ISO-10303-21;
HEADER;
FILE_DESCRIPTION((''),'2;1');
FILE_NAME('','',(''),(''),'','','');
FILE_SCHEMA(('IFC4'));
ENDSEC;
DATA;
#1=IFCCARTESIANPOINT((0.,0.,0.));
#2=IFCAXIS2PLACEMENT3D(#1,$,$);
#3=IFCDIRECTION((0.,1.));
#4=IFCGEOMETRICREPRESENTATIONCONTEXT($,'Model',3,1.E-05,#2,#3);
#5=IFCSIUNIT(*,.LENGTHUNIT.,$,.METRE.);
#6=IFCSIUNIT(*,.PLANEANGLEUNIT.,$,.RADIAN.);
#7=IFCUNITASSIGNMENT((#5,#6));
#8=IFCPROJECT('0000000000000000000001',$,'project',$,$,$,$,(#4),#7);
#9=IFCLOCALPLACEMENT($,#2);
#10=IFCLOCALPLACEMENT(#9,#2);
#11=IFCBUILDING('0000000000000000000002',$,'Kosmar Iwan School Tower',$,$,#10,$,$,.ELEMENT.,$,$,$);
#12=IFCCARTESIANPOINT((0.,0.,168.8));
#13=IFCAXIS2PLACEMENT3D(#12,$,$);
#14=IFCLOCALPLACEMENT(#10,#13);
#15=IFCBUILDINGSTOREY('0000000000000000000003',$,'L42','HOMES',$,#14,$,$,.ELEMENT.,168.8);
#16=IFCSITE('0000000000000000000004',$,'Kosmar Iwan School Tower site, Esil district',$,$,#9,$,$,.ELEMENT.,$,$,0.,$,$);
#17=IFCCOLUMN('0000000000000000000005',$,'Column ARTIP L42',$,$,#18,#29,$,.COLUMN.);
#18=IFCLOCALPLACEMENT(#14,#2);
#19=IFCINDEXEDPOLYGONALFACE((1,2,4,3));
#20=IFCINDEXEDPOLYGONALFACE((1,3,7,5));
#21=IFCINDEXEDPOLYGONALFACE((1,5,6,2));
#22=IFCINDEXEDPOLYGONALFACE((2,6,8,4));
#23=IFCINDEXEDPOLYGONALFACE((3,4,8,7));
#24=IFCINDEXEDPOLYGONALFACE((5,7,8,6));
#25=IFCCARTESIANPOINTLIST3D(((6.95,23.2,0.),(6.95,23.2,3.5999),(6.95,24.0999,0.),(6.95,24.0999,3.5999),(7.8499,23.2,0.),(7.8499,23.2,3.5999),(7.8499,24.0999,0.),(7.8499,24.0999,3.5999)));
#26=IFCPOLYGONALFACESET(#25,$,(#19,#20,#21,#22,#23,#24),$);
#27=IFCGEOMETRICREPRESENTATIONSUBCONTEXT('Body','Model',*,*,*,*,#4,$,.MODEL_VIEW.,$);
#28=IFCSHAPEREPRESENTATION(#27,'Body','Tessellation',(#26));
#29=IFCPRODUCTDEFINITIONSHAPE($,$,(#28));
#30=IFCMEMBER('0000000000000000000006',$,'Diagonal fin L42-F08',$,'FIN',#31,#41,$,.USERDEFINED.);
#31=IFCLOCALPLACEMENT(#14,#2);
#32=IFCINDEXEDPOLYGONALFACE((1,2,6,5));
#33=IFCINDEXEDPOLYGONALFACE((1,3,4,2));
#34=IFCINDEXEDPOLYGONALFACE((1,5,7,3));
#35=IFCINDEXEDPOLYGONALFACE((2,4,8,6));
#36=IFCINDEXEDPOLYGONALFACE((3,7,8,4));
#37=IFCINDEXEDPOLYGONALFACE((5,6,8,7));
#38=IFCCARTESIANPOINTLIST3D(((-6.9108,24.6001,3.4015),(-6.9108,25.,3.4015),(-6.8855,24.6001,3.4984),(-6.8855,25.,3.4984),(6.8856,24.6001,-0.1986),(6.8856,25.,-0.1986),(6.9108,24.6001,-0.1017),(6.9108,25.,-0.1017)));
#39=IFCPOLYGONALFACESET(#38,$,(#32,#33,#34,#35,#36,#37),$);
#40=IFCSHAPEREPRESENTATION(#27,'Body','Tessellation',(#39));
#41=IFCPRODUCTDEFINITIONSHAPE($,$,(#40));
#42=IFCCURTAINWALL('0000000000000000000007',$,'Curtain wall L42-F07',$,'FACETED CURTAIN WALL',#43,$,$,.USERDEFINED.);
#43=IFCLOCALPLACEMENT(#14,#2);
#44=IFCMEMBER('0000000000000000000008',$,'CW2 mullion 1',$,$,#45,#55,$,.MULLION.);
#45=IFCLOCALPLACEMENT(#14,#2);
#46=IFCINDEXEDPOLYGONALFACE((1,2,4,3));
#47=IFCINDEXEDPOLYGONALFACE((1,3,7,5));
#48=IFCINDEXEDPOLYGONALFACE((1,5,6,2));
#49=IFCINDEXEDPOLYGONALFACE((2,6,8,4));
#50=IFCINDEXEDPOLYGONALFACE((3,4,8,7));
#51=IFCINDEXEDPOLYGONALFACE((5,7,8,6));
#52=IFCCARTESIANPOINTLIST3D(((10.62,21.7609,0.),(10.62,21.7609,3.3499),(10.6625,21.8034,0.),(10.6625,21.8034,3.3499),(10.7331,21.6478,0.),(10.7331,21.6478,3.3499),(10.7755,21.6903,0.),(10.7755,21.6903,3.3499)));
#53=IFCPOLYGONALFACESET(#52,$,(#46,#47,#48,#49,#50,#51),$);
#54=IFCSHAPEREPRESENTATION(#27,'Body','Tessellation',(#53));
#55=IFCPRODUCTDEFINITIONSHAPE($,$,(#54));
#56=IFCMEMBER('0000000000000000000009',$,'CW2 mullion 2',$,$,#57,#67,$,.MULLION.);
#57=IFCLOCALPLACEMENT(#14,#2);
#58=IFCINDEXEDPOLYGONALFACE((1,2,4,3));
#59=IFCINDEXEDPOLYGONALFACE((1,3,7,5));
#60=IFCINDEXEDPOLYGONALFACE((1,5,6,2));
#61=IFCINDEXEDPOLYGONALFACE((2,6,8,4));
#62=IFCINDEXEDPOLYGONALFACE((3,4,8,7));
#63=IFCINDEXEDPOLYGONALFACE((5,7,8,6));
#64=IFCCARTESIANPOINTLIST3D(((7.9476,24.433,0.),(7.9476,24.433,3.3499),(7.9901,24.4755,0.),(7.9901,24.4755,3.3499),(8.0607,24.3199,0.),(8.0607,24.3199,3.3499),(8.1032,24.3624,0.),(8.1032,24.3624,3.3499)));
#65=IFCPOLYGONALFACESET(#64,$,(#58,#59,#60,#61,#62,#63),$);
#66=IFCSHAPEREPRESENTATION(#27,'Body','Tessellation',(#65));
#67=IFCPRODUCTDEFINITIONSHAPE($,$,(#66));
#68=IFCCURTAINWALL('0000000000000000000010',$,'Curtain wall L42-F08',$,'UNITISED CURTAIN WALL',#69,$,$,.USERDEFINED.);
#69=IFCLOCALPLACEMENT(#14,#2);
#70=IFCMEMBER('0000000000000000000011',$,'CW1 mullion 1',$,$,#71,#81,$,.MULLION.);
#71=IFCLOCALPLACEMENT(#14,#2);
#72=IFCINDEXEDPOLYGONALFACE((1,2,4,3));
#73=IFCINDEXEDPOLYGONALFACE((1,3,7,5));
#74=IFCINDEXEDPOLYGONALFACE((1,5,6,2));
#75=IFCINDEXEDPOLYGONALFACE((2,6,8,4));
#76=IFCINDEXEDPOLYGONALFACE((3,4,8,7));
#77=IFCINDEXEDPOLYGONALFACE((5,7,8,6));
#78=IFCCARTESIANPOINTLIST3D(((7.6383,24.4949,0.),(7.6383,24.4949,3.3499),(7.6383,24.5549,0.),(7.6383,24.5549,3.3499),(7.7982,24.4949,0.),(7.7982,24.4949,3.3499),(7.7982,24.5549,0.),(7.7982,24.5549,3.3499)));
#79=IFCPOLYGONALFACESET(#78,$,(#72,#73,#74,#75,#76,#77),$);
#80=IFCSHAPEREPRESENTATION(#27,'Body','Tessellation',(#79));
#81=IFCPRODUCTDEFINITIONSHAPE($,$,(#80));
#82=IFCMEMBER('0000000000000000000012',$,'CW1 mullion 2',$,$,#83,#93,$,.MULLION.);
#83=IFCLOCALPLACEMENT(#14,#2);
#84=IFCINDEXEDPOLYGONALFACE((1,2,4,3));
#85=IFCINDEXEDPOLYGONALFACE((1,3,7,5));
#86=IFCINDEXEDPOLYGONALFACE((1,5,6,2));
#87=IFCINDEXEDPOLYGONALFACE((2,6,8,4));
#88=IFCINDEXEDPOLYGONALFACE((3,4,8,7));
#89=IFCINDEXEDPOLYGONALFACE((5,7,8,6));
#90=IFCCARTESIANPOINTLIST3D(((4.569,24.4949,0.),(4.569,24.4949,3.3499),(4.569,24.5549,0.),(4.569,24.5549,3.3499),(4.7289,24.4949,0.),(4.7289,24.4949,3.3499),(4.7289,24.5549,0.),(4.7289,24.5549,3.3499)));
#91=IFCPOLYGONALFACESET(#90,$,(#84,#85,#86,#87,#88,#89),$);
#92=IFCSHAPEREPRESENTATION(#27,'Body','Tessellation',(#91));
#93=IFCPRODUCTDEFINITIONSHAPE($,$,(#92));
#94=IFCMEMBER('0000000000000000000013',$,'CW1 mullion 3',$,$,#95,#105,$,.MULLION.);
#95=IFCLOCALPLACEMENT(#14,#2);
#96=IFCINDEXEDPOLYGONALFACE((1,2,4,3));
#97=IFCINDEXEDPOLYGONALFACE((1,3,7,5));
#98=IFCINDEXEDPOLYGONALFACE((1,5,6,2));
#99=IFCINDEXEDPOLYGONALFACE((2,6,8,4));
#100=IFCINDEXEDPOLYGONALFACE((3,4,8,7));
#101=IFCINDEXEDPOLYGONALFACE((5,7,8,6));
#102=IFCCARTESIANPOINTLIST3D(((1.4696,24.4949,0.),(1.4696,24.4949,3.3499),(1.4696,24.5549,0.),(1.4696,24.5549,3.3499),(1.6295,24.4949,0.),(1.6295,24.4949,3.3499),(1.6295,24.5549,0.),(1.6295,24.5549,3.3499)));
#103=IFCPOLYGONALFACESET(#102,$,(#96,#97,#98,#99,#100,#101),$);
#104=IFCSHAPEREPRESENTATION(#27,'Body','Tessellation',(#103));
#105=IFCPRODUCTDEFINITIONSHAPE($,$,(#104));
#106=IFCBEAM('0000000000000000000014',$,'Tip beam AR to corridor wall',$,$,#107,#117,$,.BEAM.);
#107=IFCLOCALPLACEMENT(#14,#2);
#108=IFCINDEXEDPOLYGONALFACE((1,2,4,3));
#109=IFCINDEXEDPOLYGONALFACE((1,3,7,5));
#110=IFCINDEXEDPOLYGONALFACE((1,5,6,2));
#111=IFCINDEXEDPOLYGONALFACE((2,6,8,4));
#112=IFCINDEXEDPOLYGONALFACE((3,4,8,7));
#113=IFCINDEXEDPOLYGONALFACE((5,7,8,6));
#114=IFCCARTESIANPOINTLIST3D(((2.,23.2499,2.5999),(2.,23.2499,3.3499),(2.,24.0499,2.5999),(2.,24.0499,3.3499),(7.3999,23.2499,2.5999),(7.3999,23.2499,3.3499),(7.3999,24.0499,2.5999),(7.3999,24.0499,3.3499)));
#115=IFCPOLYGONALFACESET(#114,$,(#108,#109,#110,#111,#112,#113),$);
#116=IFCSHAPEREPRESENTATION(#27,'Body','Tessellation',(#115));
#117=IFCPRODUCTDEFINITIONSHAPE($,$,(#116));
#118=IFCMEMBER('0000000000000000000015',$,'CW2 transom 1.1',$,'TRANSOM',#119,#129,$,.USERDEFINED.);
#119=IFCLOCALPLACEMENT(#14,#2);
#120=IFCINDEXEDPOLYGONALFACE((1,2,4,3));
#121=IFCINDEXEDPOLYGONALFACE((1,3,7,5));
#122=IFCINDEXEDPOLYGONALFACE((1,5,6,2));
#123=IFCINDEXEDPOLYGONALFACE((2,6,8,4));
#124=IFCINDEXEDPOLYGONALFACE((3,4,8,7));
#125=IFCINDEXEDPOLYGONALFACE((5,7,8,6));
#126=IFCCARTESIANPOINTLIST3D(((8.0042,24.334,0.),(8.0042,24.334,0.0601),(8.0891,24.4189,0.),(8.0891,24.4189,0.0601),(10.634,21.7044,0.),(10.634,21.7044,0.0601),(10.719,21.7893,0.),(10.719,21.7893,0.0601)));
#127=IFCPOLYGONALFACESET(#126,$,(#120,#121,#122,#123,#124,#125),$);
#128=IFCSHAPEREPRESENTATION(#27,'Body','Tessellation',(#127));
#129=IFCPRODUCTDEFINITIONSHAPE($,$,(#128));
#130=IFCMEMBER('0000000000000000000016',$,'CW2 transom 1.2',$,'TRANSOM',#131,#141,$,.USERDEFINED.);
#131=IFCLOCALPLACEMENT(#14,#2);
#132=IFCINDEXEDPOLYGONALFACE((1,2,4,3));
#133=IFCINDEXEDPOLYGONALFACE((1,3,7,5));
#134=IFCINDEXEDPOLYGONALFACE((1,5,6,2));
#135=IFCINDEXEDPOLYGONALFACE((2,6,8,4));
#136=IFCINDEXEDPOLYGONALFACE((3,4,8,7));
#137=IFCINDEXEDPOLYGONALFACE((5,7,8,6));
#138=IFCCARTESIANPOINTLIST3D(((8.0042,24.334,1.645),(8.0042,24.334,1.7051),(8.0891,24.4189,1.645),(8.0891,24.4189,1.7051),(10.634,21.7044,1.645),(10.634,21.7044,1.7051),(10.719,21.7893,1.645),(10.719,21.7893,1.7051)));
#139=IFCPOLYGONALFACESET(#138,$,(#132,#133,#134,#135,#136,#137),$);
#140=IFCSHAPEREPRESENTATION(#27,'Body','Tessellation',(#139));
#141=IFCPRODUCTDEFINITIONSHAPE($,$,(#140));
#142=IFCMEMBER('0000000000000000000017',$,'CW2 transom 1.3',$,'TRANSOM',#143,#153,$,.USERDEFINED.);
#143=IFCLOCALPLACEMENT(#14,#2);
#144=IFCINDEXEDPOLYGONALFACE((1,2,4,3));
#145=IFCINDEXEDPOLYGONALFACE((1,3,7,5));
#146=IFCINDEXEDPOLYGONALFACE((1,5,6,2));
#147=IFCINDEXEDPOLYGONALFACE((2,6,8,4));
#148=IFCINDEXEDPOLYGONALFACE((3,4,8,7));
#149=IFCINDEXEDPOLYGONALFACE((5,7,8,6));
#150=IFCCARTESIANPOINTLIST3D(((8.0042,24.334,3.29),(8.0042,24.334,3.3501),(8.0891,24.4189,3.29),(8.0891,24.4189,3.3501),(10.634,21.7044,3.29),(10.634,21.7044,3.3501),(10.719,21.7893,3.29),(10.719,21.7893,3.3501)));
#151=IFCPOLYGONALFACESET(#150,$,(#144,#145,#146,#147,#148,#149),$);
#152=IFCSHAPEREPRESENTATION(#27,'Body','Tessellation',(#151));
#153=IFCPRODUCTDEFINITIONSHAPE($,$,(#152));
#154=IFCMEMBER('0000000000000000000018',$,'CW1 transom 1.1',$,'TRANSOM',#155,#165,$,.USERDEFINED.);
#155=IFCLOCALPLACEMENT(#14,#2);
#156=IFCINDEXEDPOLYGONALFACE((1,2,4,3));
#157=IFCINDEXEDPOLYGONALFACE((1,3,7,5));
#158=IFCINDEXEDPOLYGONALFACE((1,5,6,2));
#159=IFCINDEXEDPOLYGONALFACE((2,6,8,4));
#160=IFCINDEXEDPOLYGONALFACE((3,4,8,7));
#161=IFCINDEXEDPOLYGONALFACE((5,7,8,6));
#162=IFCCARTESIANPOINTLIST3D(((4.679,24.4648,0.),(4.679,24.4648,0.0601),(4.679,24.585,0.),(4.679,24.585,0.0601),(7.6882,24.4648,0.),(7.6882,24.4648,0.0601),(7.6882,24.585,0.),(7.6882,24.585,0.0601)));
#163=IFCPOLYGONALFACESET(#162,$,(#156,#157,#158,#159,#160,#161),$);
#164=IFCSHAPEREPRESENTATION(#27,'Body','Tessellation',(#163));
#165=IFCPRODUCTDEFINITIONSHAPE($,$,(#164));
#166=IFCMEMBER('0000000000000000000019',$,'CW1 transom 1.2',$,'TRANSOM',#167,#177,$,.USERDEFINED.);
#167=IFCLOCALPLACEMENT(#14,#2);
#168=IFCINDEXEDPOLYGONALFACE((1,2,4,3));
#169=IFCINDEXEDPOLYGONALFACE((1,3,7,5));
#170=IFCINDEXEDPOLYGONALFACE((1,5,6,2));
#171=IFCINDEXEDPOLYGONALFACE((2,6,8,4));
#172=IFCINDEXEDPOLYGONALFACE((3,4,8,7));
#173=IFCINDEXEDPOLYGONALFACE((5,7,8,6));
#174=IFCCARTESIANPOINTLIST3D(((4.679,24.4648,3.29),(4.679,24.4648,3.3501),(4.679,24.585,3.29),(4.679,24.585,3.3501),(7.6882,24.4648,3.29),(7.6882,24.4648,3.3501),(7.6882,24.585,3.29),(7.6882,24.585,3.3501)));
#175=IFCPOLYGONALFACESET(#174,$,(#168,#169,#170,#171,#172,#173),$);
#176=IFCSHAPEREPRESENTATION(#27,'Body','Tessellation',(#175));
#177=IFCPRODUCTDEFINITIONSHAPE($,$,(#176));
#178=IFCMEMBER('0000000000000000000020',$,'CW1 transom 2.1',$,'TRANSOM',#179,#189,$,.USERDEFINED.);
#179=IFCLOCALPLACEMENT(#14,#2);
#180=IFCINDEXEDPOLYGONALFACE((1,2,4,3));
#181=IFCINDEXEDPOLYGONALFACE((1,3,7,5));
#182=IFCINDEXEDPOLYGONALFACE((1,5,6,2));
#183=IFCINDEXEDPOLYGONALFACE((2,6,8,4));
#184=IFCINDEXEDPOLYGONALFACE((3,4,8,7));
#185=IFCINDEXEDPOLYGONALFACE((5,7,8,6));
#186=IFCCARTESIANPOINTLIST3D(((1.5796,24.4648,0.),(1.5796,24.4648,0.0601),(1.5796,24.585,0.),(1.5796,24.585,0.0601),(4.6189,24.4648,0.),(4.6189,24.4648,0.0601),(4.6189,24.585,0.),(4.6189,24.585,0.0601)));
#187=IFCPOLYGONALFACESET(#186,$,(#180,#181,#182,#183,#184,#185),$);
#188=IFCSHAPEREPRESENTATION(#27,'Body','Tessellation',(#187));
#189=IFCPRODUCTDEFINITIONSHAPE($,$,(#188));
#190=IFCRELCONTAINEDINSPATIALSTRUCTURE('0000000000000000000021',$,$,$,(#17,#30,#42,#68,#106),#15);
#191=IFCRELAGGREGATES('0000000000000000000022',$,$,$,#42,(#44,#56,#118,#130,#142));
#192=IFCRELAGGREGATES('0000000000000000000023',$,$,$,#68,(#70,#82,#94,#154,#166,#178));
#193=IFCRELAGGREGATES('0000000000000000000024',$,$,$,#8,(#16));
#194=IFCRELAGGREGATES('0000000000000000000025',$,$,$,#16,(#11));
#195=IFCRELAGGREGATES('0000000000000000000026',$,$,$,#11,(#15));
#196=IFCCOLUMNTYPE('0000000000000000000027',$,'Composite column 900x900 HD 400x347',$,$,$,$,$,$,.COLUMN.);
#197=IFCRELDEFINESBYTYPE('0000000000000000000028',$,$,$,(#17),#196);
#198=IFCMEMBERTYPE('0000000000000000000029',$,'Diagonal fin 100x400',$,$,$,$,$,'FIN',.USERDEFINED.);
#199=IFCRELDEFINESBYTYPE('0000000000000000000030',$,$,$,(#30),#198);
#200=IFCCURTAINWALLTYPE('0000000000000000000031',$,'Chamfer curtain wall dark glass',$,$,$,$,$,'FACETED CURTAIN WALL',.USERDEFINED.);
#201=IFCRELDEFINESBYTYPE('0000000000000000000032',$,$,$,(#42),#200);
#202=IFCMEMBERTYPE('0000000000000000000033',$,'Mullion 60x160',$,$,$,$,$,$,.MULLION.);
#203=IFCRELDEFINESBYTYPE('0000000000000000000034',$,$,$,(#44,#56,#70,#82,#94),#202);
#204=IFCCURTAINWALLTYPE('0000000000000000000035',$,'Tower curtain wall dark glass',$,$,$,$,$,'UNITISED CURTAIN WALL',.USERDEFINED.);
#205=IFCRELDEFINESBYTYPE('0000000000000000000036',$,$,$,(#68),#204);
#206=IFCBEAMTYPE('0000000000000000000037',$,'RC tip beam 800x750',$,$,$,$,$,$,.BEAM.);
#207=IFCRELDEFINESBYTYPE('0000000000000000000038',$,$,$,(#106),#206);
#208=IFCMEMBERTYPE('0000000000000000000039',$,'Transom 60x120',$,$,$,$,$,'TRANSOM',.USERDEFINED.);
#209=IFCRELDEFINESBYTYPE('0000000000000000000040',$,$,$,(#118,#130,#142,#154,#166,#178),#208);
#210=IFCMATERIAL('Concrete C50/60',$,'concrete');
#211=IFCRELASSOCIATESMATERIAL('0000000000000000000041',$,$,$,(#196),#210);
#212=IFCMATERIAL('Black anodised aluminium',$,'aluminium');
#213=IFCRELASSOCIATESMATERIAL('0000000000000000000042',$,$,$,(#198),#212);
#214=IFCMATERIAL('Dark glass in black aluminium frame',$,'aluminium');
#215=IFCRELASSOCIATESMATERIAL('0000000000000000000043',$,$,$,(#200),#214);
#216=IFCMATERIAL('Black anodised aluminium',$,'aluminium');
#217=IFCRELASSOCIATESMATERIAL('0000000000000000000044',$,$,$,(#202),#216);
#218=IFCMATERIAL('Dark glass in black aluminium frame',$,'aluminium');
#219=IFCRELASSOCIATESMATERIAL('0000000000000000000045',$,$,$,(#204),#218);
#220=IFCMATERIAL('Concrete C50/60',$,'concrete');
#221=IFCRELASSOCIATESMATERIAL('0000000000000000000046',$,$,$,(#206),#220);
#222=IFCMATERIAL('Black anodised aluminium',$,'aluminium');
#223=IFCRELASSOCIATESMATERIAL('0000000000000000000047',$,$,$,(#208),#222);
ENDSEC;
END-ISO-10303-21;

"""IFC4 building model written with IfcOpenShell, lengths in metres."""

from ifc_helpers import new_model, si_unit, direction, frame, origin, origin_2d, place, context, subcontext, project, spatial, rectangle, extrude, material, material_profile, profile_set, type_object, element, aggregate, save


model = new_model("IFC4")

# Units and contexts
model_context = context("Model", 3, precision=1e-05, world=origin(), true_north=direction((0.0, 1.0)))
body_context = subcontext(model_context, "Body", "Model", "MODEL_VIEW")
ifc_project = project(units=[si_unit("LENGTHUNIT", "METRE"), si_unit("PLANEANGLEUNIT", "RADIAN")], contexts=[model_context])

# Site, building, storey
site_placement = place(None, origin())
site = spatial("IfcSite", under=ifc_project, at=site_placement, Name="Kosmar Iwan School Tower site, Esil district", CompositionType="ELEMENT", RefElevation=0.0)
building_placement = place(site_placement, origin())
building = spatial("IfcBuilding", under=site, at=building_placement, Name="Kosmar Iwan School Tower", CompositionType="ELEMENT")
storey_placement = place(building_placement, frame((0.0, 0.0, 168.8)))
storey = spatial("IfcBuildingStorey", under=building, at=storey_placement, Name="L42", Description="HOMES", CompositionType="ELEMENT", Elevation=168.8)

# Column
ifc_material_1 = material(Name="Concrete C50/60", Category="concrete")
ifc_material_profile_1 = material_profile(ifc_material_1, rectangle(XDim=0.8999, YDim=0.8999, at=origin_2d()), Name="RC 900x900 + HD 400x347")
ifc_profile_set_1 = profile_set([ifc_material_profile_1], Name="Concrete C50/60")
column_type = type_object("IfcColumnType", Name="Composite column 900x900 HD 400x347", PredefinedType="COLUMN", material=ifc_profile_set_1)
column_placement = place(storey_placement, frame((7.3999, 23.6499, 0.0), z_axis=(0.0, 0.0, 1.0), x_axis=(0.0, 1.0, 0.0)))
element("IfcColumn", 1, at=column_placement, inside=storey, type_object=column_type, Name="Column ARTIP L42", PredefinedType="COLUMN", context=body_context, shape_type="SweptSolid", body=[
    extrude(rectangle(XDim=0.8999, YDim=0.8999, at=origin_2d()), origin(), (0.0, 0.0, 1.0), 3.5999),
])

# Member
ifc_material_2 = material(Name="Black anodised aluminium", Category="aluminium")
ifc_material_profile_2 = material_profile(ifc_material_2, rectangle(XDim=0.1001, YDim=0.3999, at=origin_2d()), Name="FIN 100x400")
ifc_profile_set_2 = profile_set([ifc_material_profile_2], Name="Black anodised aluminium")
member_type_1 = type_object("IfcMemberType", Name="Diagonal fin 100x400", ElementType="FIN", PredefinedType="USERDEFINED", material=ifc_profile_set_2)
member_1_placement = place(storey_placement, frame((6.8982, 24.8, -0.1501), z_axis=(-0.967599, 0.0, 0.25249), x_axis=(0.25249, 0.0, 0.967599)))
element("IfcMember", 2, at=member_1_placement, inside=storey, type_object=member_type_1, Name="Diagonal fin L42-F08", ObjectType="FIN", PredefinedType="USERDEFINED", context=body_context, shape_type="SweptSolid", body=[
    extrude(rectangle(XDim=0.1001, YDim=0.3999, at=origin_2d()), origin(), (0.0, 0.0, 1.0), 14.2583),
])

# Curtain walls, members
ifc_material_3 = material(Name="Dark glass in black aluminium frame", Category="aluminium")
curtain_wall_type_1 = type_object("IfcCurtainWallType", Name="Chamfer curtain wall dark glass", ElementType="FACETED CURTAIN WALL", PredefinedType="USERDEFINED", material=ifc_material_3)
curtain_wall_1_placement = place(storey_placement, origin())
curtain_wall_1 = element("IfcCurtainWall", 3, at=curtain_wall_1_placement, inside=storey, type_object=curtain_wall_type_1, Name="Curtain wall L42-F07", ObjectType="FACETED CURTAIN WALL", PredefinedType="USERDEFINED")
ifc_material_4 = material(Name="Black anodised aluminium", Category="aluminium")
ifc_material_profile_3 = material_profile(ifc_material_4, rectangle(XDim=0.0601, YDim=0.1599, at=origin_2d()), Name="MULLION 60x160")
ifc_profile_set_3 = profile_set([ifc_material_profile_3], Name="Black anodised aluminium")
member_type_2 = type_object("IfcMemberType", Name="Mullion 60x160", PredefinedType="MULLION", material=ifc_profile_set_3)
member_2_placement = place(storey_placement, frame((10.6978, 21.7256, 0.0), z_axis=(0.0, 0.0, 1.0), x_axis=(-0.707107, -0.707107, 0.0)))
member_2 = element("IfcMember", 4, at=member_2_placement, type_object=member_type_2, Name="CW2 mullion 1", PredefinedType="MULLION", context=body_context, shape_type="SweptSolid", body=[
    extrude(rectangle(XDim=0.0601, YDim=0.1599, at=origin_2d()), origin(), (0.0, 0.0, 1.0), 3.3499),
])
member_3_placement = place(storey_placement, frame((8.0254, 24.3977, 0.0), z_axis=(0.0, 0.0, 1.0), x_axis=(-0.707107, -0.707107, 0.0)))
member_3 = element("IfcMember", 5, at=member_3_placement, type_object=member_type_2, Name="CW2 mullion 2", PredefinedType="MULLION", context=body_context, shape_type="SweptSolid", body=[
    extrude(rectangle(XDim=0.0601, YDim=0.1599, at=origin_2d()), origin(), (0.0, 0.0, 1.0), 3.3499),
])
ifc_material_5 = material(Name="Dark glass in black aluminium frame", Category="aluminium")
curtain_wall_type_2 = type_object("IfcCurtainWallType", Name="Tower curtain wall dark glass", ElementType="UNITISED CURTAIN WALL", PredefinedType="USERDEFINED", material=ifc_material_5)
curtain_wall_2_placement = place(storey_placement, origin())
curtain_wall_2 = element("IfcCurtainWall", 6, at=curtain_wall_2_placement, inside=storey, type_object=curtain_wall_type_2, Name="Curtain wall L42-F08", ObjectType="UNITISED CURTAIN WALL", PredefinedType="USERDEFINED")
member_4_placement = place(storey_placement, frame((7.7183, 24.5249, 0.0), z_axis=(0.0, 0.0, 1.0), x_axis=(0.0, -1.0, 0.0)))
member_4 = element("IfcMember", 7, at=member_4_placement, type_object=member_type_2, Name="CW1 mullion 1", PredefinedType="MULLION", context=body_context, shape_type="SweptSolid", body=[
    extrude(rectangle(XDim=0.0601, YDim=0.1599, at=origin_2d()), origin(), (0.0, 0.0, 1.0), 3.3499),
])
member_5_placement = place(storey_placement, frame((4.6489, 24.5249, 0.0), z_axis=(0.0, 0.0, 1.0), x_axis=(0.0, -1.0, 0.0)))
member_5 = element("IfcMember", 8, at=member_5_placement, type_object=member_type_2, Name="CW1 mullion 2", PredefinedType="MULLION", context=body_context, shape_type="SweptSolid", body=[
    extrude(rectangle(XDim=0.0601, YDim=0.1599, at=origin_2d()), origin(), (0.0, 0.0, 1.0), 3.3499),
])
member_6_placement = place(storey_placement, frame((1.5496, 24.5249, 0.0), z_axis=(0.0, 0.0, 1.0), x_axis=(0.0, -1.0, 0.0)))
member_6 = element("IfcMember", 9, at=member_6_placement, type_object=member_type_2, Name="CW1 mullion 3", PredefinedType="MULLION", context=body_context, shape_type="SweptSolid", body=[
    extrude(rectangle(XDim=0.0601, YDim=0.1599, at=origin_2d()), origin(), (0.0, 0.0, 1.0), 3.3499),
])

# Beam
ifc_material_6 = material(Name="Concrete C50/60", Category="concrete")
ifc_material_profile_4 = material_profile(ifc_material_6, rectangle(XDim=0.8, YDim=0.75, at=origin_2d()), Name="RC 800x750")
ifc_profile_set_4 = profile_set([ifc_material_profile_4], Name="Concrete C50/60")
beam_type = type_object("IfcBeamType", Name="RC tip beam 800x750", PredefinedType="BEAM", material=ifc_profile_set_4)
beam_placement = place(storey_placement, frame((7.3999, 23.6499, 2.9749), z_axis=(-1.0, 0.0, 0.0), x_axis=(0.0, -1.0, 0.0)))
element("IfcBeam", 10, at=beam_placement, inside=storey, type_object=beam_type, Name="Tip beam AR to corridor wall", PredefinedType="BEAM", context=body_context, shape_type="SweptSolid", body=[
    extrude(rectangle(XDim=0.8, YDim=0.75, at=origin_2d()), origin(), (0.0, 0.0, 1.0), 5.3999),
])

# Members
ifc_material_7 = material(Name="Black anodised aluminium", Category="aluminium")
ifc_material_profile_5 = material_profile(ifc_material_7, rectangle(XDim=0.1201, YDim=0.0601, at=origin_2d()), Name="TRANSOM 60x120")
ifc_profile_set_5 = profile_set([ifc_material_profile_5], Name="Black anodised aluminium")
member_type_3 = type_object("IfcMemberType", Name="Transom 60x120", ElementType="TRANSOM", PredefinedType="USERDEFINED", material=ifc_profile_set_5)
member_7_placement = place(storey_placement, frame((10.6765, 21.7468, 0.03), z_axis=(-0.70714, 0.707074, 0.0), x_axis=(-0.707074, -0.70714, 0.0)))
member_7 = element("IfcMember", 11, at=member_7_placement, type_object=member_type_3, Name="CW2 transom 1.1", ObjectType="TRANSOM", PredefinedType="USERDEFINED", context=body_context, shape_type="SweptSolid", body=[
    extrude(rectangle(XDim=0.1201, YDim=0.0601, at=origin_2d()), origin(), (0.0, 0.0, 1.0), 3.719),
])
member_8_placement = place(storey_placement, frame((10.6765, 21.7468, 1.675), z_axis=(-0.70714, 0.707074, 0.0), x_axis=(-0.707074, -0.70714, 0.0)))
member_8 = element("IfcMember", 12, at=member_8_placement, type_object=member_type_3, Name="CW2 transom 1.2", ObjectType="TRANSOM", PredefinedType="USERDEFINED", context=body_context, shape_type="SweptSolid", body=[
    extrude(rectangle(XDim=0.1201, YDim=0.0601, at=origin_2d()), origin(), (0.0, 0.0, 1.0), 3.719),
])
member_9_placement = place(storey_placement, frame((10.6765, 21.7468, 3.3201), z_axis=(-0.70714, 0.707074, 0.0), x_axis=(-0.707074, -0.70714, 0.0)))
member_9 = element("IfcMember", 13, at=member_9_placement, type_object=member_type_3, Name="CW2 transom 1.3", ObjectType="TRANSOM", PredefinedType="USERDEFINED", context=body_context, shape_type="SweptSolid", body=[
    extrude(rectangle(XDim=0.1201, YDim=0.0601, at=origin_2d()), origin(), (0.0, 0.0, 1.0), 3.719),
])
member_10_placement = place(storey_placement, frame((7.6882, 24.5249, 0.03), z_axis=(-1.0, 0.0, 0.0), x_axis=(0.0, -1.0, 0.0)))
member_10 = element("IfcMember", 14, at=member_10_placement, type_object=member_type_3, Name="CW1 transom 1.1", ObjectType="TRANSOM", PredefinedType="USERDEFINED", context=body_context, shape_type="SweptSolid", body=[
    extrude(rectangle(XDim=0.1201, YDim=0.0601, at=origin_2d()), origin(), (0.0, 0.0, 1.0), 3.0093),
])
member_11_placement = place(storey_placement, frame((7.6882, 24.5249, 3.3201), z_axis=(-1.0, 0.0, 0.0), x_axis=(0.0, -1.0, 0.0)))
member_11 = element("IfcMember", 15, at=member_11_placement, type_object=member_type_3, Name="CW1 transom 1.2", ObjectType="TRANSOM", PredefinedType="USERDEFINED", context=body_context, shape_type="SweptSolid", body=[
    extrude(rectangle(XDim=0.1201, YDim=0.0601, at=origin_2d()), origin(), (0.0, 0.0, 1.0), 3.0093),
])
member_12_placement = place(storey_placement, frame((4.6189, 24.5249, 0.03), z_axis=(-1.0, 0.0, 0.0), x_axis=(0.0, -1.0, 0.0)))
member_12 = element("IfcMember", 16, at=member_12_placement, type_object=member_type_3, Name="CW1 transom 2.1", ObjectType="TRANSOM", PredefinedType="USERDEFINED", context=body_context, shape_type="SweptSolid", body=[
    extrude(rectangle(XDim=0.1201, YDim=0.0601, at=origin_2d()), origin(), (0.0, 0.0, 1.0), 3.0393),
])

aggregate(curtain_wall_1, [member_2, member_3, member_7, member_8, member_9])
aggregate(curtain_wall_2, [member_4, member_5, member_6, member_10, member_11, member_12])

save(model, "model.ifc")
